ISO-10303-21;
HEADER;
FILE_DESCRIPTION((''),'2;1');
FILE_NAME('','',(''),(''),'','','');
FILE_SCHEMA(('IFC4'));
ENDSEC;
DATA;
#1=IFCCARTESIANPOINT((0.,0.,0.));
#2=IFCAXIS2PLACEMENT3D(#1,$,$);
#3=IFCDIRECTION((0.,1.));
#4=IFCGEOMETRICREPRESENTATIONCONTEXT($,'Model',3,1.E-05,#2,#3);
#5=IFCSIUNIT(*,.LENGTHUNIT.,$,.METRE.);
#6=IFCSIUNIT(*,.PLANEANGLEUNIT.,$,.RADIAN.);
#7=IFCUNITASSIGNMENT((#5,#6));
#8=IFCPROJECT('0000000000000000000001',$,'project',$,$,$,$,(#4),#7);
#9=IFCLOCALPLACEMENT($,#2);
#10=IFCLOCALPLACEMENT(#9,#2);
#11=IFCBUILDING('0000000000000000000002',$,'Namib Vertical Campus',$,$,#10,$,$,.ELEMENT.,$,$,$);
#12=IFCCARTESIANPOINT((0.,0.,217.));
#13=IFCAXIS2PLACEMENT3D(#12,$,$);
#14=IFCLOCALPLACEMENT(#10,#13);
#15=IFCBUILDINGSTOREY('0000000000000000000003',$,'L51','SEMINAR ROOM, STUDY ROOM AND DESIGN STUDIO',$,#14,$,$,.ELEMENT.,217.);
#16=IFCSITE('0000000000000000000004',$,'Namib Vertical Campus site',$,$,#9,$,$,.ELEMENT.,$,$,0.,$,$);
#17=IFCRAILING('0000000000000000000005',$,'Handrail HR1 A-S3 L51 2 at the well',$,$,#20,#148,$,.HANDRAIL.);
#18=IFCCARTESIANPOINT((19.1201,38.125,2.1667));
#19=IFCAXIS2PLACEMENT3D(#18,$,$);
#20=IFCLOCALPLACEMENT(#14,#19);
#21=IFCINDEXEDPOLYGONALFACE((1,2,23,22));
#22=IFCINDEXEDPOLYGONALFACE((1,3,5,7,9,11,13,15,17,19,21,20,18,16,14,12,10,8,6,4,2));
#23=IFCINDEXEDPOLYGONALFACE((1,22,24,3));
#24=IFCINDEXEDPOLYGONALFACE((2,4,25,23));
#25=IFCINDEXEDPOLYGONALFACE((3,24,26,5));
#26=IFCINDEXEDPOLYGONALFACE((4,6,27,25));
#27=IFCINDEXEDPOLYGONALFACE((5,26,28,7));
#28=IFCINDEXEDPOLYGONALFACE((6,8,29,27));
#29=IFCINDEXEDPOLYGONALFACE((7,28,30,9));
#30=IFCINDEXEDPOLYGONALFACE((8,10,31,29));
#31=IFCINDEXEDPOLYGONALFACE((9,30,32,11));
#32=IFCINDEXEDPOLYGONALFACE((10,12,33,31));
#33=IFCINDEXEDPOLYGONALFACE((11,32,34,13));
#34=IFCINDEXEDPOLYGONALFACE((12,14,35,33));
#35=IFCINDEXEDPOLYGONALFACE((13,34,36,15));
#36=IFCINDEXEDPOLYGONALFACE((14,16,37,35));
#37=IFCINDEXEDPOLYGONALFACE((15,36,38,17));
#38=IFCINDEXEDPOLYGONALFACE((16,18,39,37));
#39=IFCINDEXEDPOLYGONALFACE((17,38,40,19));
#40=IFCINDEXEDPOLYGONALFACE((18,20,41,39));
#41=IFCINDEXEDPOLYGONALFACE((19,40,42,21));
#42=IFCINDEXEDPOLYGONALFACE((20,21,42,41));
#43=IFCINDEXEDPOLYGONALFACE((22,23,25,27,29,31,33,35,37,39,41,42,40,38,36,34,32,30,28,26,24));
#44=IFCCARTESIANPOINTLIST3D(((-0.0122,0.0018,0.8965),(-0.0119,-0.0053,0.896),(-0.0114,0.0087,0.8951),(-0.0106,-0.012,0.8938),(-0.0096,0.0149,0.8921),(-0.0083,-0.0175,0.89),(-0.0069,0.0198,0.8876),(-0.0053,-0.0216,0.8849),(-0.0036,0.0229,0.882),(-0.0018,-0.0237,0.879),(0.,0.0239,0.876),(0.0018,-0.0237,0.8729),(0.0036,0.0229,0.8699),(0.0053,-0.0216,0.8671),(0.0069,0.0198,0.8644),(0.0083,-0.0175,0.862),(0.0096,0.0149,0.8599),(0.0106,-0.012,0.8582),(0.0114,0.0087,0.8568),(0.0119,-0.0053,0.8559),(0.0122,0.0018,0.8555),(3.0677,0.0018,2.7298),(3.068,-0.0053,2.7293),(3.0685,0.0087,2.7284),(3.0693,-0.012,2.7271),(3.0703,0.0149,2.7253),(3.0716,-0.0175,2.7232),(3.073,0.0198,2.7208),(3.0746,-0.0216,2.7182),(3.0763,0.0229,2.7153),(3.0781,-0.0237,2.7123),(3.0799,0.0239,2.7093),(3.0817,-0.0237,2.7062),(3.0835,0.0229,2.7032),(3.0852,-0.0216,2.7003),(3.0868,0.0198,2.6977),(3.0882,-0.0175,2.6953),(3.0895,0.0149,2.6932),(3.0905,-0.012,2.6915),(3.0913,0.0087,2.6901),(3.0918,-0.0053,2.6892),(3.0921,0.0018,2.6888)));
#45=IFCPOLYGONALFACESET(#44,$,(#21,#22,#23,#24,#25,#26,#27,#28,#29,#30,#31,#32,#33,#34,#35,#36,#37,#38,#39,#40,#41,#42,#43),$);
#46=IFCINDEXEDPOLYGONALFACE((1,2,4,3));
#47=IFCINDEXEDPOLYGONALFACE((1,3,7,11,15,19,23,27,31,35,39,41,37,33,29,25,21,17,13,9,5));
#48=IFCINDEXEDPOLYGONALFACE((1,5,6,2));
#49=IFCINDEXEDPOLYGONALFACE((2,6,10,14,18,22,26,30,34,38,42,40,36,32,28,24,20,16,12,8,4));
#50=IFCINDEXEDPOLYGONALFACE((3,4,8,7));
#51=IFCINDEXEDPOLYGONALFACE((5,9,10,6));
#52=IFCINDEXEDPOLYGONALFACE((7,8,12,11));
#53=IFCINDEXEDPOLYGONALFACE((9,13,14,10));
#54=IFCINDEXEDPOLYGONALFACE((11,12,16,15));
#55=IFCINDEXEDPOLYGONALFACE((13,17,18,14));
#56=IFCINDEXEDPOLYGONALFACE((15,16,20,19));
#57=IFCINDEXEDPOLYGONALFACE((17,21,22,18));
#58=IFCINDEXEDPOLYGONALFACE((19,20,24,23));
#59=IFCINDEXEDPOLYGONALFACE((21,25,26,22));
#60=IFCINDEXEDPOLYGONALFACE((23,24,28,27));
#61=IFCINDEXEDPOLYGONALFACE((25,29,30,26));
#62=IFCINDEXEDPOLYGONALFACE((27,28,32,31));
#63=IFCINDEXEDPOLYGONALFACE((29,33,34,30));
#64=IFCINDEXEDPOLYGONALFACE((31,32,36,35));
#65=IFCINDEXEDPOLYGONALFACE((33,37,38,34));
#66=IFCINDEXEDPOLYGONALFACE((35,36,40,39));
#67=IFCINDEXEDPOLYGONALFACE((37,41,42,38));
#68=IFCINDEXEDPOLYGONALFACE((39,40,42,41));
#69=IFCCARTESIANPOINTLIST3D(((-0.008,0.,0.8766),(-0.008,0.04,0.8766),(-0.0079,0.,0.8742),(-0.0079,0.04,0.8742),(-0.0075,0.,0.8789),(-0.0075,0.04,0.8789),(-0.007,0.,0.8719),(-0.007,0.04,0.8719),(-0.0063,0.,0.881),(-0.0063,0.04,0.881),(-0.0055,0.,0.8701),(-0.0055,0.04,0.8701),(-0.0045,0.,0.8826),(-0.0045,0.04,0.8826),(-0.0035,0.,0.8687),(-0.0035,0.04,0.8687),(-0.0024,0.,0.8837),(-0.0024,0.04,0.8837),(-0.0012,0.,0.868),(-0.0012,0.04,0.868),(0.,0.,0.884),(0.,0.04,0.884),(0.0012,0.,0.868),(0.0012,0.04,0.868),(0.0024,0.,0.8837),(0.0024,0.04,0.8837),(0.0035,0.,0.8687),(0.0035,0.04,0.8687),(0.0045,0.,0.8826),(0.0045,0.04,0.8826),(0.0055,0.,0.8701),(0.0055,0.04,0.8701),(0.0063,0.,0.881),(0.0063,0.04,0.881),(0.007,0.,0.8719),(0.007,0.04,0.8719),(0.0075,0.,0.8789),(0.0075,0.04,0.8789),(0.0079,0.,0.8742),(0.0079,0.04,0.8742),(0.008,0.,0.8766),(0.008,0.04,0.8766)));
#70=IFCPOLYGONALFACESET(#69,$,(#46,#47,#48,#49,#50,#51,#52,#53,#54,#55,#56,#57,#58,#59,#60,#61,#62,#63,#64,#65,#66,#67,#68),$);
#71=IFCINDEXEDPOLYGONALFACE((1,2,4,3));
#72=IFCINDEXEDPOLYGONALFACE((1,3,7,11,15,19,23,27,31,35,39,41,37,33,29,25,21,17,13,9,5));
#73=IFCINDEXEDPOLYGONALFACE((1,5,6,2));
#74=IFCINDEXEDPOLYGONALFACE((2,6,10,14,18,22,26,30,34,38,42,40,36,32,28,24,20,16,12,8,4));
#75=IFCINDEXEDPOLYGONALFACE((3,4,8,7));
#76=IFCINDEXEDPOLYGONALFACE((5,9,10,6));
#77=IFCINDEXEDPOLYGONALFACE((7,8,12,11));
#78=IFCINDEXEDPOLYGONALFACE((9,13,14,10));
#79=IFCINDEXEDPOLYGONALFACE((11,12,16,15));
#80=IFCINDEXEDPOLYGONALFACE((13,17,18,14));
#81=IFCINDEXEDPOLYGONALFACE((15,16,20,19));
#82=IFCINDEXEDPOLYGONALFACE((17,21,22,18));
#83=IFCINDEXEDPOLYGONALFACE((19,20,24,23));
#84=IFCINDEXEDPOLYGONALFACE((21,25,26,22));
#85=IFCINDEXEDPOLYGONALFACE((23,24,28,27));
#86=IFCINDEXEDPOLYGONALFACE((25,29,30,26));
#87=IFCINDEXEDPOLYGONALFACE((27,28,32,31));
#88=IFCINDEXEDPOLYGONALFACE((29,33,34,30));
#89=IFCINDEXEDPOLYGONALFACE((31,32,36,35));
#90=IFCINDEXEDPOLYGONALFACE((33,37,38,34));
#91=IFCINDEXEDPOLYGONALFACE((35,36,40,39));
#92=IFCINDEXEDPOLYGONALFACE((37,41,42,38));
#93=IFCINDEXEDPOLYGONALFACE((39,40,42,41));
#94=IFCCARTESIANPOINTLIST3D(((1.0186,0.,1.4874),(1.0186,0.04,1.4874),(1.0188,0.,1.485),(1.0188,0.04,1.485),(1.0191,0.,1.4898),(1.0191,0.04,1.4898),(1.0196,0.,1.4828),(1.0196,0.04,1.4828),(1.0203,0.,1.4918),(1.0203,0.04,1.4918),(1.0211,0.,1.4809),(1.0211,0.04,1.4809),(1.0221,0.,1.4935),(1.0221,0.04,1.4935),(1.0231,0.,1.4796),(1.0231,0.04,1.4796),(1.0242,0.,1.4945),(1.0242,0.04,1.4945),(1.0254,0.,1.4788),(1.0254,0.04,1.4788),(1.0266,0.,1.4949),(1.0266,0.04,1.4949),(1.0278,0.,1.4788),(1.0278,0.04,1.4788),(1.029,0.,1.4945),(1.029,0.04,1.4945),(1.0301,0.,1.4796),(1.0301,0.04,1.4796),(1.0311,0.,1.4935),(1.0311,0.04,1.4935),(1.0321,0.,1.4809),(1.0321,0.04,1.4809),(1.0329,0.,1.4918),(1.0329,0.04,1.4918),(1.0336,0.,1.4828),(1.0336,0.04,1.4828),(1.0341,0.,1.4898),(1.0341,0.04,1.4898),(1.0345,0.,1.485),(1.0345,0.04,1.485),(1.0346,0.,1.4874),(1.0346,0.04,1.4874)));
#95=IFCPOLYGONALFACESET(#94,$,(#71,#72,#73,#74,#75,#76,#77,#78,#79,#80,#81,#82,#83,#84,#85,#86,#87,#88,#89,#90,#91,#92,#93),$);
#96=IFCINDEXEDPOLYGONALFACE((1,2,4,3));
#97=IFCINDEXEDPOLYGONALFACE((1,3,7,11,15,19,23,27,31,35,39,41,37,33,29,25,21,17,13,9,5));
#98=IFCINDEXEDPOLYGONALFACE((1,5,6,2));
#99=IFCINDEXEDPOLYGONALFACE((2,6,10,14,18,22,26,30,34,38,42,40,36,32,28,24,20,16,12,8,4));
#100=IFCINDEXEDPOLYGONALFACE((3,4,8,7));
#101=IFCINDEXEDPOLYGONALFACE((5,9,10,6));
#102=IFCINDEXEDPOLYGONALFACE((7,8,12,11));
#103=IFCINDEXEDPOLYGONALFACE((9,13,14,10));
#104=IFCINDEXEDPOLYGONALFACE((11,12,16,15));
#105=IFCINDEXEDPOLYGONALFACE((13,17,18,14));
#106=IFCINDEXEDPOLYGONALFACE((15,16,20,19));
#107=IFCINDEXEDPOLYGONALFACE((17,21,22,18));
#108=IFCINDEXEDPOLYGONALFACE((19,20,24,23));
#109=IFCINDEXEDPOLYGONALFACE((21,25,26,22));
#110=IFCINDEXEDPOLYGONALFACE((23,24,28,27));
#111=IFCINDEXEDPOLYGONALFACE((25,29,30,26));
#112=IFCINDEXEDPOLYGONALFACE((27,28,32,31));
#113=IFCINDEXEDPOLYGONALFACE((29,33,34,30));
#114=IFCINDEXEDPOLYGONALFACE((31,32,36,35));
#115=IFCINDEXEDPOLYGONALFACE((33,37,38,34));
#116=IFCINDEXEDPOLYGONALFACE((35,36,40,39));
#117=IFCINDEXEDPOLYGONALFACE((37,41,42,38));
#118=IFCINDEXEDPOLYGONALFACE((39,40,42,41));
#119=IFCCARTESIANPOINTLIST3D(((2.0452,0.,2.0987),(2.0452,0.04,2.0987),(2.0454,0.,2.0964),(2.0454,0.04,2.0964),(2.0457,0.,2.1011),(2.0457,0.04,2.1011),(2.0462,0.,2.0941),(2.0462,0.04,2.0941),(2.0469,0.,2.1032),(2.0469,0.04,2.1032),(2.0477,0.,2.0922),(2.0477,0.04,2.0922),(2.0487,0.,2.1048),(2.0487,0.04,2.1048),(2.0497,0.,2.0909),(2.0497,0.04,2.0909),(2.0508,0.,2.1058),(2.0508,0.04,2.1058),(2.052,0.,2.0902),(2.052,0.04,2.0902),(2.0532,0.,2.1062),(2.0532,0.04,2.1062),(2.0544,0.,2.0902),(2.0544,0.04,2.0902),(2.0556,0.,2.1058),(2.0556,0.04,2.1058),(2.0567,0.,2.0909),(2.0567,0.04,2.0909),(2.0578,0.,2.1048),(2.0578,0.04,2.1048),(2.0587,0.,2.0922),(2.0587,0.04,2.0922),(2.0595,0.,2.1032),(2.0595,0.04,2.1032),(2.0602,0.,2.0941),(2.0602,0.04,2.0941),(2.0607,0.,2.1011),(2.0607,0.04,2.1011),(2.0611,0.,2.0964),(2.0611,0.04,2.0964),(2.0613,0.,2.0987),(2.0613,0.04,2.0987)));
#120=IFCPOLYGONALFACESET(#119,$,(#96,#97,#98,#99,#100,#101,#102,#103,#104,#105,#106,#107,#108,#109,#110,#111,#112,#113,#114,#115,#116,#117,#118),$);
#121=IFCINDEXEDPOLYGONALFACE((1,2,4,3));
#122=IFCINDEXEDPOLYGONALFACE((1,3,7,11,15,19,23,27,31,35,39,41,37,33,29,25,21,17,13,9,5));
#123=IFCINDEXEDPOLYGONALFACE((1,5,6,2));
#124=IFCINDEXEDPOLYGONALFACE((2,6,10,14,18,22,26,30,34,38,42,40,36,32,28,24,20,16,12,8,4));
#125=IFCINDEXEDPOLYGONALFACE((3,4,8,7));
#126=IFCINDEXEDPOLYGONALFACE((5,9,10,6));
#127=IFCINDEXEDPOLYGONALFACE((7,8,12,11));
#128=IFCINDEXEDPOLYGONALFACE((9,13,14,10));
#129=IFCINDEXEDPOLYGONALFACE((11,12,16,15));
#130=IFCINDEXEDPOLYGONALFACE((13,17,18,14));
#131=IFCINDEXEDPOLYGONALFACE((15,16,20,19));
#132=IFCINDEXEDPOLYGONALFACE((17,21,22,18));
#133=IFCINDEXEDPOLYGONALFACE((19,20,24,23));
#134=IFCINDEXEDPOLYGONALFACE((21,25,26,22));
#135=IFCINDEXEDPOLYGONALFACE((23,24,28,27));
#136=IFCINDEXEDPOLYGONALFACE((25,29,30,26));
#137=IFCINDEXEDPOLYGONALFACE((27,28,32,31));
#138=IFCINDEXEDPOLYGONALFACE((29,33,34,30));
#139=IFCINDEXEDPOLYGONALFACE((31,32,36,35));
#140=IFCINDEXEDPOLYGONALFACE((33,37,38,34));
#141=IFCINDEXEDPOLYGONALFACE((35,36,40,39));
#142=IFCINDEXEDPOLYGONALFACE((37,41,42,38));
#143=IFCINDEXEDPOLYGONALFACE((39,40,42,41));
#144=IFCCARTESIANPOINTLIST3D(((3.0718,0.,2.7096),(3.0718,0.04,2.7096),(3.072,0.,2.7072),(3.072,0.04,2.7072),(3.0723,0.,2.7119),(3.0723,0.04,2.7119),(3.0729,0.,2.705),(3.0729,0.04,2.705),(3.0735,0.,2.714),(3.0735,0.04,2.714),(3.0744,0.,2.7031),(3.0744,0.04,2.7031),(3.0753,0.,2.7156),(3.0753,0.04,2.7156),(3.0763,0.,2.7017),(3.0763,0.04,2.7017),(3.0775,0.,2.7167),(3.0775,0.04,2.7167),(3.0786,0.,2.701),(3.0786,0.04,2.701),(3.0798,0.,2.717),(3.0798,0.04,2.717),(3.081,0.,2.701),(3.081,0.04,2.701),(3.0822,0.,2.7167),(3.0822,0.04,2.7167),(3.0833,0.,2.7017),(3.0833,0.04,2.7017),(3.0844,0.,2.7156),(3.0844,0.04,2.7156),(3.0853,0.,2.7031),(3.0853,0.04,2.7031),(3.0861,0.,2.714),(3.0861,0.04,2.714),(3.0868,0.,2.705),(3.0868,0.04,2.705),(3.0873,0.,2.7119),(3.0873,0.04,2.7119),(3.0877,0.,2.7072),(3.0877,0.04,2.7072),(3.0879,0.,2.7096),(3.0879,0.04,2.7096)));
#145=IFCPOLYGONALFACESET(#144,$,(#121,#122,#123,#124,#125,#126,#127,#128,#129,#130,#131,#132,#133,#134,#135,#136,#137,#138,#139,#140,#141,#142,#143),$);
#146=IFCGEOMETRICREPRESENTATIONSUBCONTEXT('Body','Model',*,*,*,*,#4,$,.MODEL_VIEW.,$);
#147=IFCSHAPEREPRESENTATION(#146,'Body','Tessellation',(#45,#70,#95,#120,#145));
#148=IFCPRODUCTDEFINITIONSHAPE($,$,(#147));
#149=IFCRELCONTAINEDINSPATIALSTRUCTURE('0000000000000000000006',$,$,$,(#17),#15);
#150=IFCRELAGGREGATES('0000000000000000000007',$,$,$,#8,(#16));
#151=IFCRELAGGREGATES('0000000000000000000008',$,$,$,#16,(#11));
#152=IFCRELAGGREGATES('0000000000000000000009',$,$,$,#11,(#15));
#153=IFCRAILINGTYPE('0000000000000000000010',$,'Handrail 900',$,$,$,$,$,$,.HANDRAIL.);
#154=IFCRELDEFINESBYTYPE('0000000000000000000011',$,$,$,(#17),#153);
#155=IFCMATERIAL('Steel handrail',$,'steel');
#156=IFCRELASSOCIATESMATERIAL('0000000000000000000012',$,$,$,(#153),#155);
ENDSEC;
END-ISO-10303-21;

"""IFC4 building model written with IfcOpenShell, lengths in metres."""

from ifc_helpers import new_model, si_unit, direction, frame, origin, origin_2d, place, context, subcontext, project, spatial, circle, extrude, material, type_object, element, save


model = new_model("IFC4")

# Units and contexts
model_context = context("Model", 3, precision=1e-05, world=origin(), true_north=direction((0.0, 1.0)))
body_context = subcontext(model_context, "Body", "Model", "MODEL_VIEW")
ifc_project = project(units=[si_unit("LENGTHUNIT", "METRE"), si_unit("PLANEANGLEUNIT", "RADIAN")], contexts=[model_context])

# Site, building, storey
site_placement = place(None, origin())
site = spatial("IfcSite", under=ifc_project, at=site_placement, Name="Namib Vertical Campus site", CompositionType="ELEMENT", RefElevation=0.0)
building_placement = place(site_placement, origin())
building = spatial("IfcBuilding", under=site, at=building_placement, Name="Namib Vertical Campus", CompositionType="ELEMENT")
storey_placement = place(building_placement, frame((0.0, 0.0, 217.0)))
storey = spatial("IfcBuildingStorey", under=building, at=storey_placement, Name="L51", Description="SEMINAR ROOM, STUDY ROOM AND DESIGN STUDIO", CompositionType="ELEMENT", Elevation=217.0)

# Railing
ifc_material_1 = material(Name="Steel handrail", Category="steel")
railing_type_1 = type_object("IfcRailingType", Name="Handrail 900", PredefinedType="HANDRAIL", material=ifc_material_1)
railing_1_placement = place(storey_placement, frame((19.1201, 38.125, 2.1667)))
element("IfcRailing", 1, at=railing_1_placement, inside=storey, type_object=railing_type_1, Name="Handrail HR1 A-S3 L51 2 at the well", PredefinedType="HANDRAIL", context=body_context, shape_type="SweptSolid", body=[
    extrude(circle(Radius=0.0239, at=origin_2d()), frame((0.0, 0.0, 0.876), z_axis=(0.859291, 0.0, 0.511487), x_axis=(0.0, 1.0, 0.0)), (0.0, 0.0, 1.0), 3.5842),
    extrude(circle(Radius=0.0081, at=origin_2d()), frame((0.0, 0.0, 0.876), z_axis=(0.0, 1.0, 0.0), x_axis=(0.0, 0.0, 1.0)), (0.0, 0.0, 1.0), 0.04),
    extrude(circle(Radius=0.0081, at=origin_2d()), frame((1.0266, 0.0, 1.4868), z_axis=(0.0, 1.0, 0.0), x_axis=(0.0, 0.0, 1.0)), (0.0, 0.0, 1.0), 0.04),
    extrude(circle(Radius=0.0081, at=origin_2d()), frame((2.0532, 0.0, 2.0981), z_axis=(0.0, 1.0, 0.0), x_axis=(0.0, 0.0, 1.0)), (0.0, 0.0, 1.0), 0.04),
    extrude(circle(Radius=0.0081, at=origin_2d()), frame((3.0798, 0.0, 2.709), z_axis=(0.0, 1.0, 0.0), x_axis=(0.0, 0.0, 1.0)), (0.0, 0.0, 1.0), 0.04),
])

save(model, "model.ifc")
